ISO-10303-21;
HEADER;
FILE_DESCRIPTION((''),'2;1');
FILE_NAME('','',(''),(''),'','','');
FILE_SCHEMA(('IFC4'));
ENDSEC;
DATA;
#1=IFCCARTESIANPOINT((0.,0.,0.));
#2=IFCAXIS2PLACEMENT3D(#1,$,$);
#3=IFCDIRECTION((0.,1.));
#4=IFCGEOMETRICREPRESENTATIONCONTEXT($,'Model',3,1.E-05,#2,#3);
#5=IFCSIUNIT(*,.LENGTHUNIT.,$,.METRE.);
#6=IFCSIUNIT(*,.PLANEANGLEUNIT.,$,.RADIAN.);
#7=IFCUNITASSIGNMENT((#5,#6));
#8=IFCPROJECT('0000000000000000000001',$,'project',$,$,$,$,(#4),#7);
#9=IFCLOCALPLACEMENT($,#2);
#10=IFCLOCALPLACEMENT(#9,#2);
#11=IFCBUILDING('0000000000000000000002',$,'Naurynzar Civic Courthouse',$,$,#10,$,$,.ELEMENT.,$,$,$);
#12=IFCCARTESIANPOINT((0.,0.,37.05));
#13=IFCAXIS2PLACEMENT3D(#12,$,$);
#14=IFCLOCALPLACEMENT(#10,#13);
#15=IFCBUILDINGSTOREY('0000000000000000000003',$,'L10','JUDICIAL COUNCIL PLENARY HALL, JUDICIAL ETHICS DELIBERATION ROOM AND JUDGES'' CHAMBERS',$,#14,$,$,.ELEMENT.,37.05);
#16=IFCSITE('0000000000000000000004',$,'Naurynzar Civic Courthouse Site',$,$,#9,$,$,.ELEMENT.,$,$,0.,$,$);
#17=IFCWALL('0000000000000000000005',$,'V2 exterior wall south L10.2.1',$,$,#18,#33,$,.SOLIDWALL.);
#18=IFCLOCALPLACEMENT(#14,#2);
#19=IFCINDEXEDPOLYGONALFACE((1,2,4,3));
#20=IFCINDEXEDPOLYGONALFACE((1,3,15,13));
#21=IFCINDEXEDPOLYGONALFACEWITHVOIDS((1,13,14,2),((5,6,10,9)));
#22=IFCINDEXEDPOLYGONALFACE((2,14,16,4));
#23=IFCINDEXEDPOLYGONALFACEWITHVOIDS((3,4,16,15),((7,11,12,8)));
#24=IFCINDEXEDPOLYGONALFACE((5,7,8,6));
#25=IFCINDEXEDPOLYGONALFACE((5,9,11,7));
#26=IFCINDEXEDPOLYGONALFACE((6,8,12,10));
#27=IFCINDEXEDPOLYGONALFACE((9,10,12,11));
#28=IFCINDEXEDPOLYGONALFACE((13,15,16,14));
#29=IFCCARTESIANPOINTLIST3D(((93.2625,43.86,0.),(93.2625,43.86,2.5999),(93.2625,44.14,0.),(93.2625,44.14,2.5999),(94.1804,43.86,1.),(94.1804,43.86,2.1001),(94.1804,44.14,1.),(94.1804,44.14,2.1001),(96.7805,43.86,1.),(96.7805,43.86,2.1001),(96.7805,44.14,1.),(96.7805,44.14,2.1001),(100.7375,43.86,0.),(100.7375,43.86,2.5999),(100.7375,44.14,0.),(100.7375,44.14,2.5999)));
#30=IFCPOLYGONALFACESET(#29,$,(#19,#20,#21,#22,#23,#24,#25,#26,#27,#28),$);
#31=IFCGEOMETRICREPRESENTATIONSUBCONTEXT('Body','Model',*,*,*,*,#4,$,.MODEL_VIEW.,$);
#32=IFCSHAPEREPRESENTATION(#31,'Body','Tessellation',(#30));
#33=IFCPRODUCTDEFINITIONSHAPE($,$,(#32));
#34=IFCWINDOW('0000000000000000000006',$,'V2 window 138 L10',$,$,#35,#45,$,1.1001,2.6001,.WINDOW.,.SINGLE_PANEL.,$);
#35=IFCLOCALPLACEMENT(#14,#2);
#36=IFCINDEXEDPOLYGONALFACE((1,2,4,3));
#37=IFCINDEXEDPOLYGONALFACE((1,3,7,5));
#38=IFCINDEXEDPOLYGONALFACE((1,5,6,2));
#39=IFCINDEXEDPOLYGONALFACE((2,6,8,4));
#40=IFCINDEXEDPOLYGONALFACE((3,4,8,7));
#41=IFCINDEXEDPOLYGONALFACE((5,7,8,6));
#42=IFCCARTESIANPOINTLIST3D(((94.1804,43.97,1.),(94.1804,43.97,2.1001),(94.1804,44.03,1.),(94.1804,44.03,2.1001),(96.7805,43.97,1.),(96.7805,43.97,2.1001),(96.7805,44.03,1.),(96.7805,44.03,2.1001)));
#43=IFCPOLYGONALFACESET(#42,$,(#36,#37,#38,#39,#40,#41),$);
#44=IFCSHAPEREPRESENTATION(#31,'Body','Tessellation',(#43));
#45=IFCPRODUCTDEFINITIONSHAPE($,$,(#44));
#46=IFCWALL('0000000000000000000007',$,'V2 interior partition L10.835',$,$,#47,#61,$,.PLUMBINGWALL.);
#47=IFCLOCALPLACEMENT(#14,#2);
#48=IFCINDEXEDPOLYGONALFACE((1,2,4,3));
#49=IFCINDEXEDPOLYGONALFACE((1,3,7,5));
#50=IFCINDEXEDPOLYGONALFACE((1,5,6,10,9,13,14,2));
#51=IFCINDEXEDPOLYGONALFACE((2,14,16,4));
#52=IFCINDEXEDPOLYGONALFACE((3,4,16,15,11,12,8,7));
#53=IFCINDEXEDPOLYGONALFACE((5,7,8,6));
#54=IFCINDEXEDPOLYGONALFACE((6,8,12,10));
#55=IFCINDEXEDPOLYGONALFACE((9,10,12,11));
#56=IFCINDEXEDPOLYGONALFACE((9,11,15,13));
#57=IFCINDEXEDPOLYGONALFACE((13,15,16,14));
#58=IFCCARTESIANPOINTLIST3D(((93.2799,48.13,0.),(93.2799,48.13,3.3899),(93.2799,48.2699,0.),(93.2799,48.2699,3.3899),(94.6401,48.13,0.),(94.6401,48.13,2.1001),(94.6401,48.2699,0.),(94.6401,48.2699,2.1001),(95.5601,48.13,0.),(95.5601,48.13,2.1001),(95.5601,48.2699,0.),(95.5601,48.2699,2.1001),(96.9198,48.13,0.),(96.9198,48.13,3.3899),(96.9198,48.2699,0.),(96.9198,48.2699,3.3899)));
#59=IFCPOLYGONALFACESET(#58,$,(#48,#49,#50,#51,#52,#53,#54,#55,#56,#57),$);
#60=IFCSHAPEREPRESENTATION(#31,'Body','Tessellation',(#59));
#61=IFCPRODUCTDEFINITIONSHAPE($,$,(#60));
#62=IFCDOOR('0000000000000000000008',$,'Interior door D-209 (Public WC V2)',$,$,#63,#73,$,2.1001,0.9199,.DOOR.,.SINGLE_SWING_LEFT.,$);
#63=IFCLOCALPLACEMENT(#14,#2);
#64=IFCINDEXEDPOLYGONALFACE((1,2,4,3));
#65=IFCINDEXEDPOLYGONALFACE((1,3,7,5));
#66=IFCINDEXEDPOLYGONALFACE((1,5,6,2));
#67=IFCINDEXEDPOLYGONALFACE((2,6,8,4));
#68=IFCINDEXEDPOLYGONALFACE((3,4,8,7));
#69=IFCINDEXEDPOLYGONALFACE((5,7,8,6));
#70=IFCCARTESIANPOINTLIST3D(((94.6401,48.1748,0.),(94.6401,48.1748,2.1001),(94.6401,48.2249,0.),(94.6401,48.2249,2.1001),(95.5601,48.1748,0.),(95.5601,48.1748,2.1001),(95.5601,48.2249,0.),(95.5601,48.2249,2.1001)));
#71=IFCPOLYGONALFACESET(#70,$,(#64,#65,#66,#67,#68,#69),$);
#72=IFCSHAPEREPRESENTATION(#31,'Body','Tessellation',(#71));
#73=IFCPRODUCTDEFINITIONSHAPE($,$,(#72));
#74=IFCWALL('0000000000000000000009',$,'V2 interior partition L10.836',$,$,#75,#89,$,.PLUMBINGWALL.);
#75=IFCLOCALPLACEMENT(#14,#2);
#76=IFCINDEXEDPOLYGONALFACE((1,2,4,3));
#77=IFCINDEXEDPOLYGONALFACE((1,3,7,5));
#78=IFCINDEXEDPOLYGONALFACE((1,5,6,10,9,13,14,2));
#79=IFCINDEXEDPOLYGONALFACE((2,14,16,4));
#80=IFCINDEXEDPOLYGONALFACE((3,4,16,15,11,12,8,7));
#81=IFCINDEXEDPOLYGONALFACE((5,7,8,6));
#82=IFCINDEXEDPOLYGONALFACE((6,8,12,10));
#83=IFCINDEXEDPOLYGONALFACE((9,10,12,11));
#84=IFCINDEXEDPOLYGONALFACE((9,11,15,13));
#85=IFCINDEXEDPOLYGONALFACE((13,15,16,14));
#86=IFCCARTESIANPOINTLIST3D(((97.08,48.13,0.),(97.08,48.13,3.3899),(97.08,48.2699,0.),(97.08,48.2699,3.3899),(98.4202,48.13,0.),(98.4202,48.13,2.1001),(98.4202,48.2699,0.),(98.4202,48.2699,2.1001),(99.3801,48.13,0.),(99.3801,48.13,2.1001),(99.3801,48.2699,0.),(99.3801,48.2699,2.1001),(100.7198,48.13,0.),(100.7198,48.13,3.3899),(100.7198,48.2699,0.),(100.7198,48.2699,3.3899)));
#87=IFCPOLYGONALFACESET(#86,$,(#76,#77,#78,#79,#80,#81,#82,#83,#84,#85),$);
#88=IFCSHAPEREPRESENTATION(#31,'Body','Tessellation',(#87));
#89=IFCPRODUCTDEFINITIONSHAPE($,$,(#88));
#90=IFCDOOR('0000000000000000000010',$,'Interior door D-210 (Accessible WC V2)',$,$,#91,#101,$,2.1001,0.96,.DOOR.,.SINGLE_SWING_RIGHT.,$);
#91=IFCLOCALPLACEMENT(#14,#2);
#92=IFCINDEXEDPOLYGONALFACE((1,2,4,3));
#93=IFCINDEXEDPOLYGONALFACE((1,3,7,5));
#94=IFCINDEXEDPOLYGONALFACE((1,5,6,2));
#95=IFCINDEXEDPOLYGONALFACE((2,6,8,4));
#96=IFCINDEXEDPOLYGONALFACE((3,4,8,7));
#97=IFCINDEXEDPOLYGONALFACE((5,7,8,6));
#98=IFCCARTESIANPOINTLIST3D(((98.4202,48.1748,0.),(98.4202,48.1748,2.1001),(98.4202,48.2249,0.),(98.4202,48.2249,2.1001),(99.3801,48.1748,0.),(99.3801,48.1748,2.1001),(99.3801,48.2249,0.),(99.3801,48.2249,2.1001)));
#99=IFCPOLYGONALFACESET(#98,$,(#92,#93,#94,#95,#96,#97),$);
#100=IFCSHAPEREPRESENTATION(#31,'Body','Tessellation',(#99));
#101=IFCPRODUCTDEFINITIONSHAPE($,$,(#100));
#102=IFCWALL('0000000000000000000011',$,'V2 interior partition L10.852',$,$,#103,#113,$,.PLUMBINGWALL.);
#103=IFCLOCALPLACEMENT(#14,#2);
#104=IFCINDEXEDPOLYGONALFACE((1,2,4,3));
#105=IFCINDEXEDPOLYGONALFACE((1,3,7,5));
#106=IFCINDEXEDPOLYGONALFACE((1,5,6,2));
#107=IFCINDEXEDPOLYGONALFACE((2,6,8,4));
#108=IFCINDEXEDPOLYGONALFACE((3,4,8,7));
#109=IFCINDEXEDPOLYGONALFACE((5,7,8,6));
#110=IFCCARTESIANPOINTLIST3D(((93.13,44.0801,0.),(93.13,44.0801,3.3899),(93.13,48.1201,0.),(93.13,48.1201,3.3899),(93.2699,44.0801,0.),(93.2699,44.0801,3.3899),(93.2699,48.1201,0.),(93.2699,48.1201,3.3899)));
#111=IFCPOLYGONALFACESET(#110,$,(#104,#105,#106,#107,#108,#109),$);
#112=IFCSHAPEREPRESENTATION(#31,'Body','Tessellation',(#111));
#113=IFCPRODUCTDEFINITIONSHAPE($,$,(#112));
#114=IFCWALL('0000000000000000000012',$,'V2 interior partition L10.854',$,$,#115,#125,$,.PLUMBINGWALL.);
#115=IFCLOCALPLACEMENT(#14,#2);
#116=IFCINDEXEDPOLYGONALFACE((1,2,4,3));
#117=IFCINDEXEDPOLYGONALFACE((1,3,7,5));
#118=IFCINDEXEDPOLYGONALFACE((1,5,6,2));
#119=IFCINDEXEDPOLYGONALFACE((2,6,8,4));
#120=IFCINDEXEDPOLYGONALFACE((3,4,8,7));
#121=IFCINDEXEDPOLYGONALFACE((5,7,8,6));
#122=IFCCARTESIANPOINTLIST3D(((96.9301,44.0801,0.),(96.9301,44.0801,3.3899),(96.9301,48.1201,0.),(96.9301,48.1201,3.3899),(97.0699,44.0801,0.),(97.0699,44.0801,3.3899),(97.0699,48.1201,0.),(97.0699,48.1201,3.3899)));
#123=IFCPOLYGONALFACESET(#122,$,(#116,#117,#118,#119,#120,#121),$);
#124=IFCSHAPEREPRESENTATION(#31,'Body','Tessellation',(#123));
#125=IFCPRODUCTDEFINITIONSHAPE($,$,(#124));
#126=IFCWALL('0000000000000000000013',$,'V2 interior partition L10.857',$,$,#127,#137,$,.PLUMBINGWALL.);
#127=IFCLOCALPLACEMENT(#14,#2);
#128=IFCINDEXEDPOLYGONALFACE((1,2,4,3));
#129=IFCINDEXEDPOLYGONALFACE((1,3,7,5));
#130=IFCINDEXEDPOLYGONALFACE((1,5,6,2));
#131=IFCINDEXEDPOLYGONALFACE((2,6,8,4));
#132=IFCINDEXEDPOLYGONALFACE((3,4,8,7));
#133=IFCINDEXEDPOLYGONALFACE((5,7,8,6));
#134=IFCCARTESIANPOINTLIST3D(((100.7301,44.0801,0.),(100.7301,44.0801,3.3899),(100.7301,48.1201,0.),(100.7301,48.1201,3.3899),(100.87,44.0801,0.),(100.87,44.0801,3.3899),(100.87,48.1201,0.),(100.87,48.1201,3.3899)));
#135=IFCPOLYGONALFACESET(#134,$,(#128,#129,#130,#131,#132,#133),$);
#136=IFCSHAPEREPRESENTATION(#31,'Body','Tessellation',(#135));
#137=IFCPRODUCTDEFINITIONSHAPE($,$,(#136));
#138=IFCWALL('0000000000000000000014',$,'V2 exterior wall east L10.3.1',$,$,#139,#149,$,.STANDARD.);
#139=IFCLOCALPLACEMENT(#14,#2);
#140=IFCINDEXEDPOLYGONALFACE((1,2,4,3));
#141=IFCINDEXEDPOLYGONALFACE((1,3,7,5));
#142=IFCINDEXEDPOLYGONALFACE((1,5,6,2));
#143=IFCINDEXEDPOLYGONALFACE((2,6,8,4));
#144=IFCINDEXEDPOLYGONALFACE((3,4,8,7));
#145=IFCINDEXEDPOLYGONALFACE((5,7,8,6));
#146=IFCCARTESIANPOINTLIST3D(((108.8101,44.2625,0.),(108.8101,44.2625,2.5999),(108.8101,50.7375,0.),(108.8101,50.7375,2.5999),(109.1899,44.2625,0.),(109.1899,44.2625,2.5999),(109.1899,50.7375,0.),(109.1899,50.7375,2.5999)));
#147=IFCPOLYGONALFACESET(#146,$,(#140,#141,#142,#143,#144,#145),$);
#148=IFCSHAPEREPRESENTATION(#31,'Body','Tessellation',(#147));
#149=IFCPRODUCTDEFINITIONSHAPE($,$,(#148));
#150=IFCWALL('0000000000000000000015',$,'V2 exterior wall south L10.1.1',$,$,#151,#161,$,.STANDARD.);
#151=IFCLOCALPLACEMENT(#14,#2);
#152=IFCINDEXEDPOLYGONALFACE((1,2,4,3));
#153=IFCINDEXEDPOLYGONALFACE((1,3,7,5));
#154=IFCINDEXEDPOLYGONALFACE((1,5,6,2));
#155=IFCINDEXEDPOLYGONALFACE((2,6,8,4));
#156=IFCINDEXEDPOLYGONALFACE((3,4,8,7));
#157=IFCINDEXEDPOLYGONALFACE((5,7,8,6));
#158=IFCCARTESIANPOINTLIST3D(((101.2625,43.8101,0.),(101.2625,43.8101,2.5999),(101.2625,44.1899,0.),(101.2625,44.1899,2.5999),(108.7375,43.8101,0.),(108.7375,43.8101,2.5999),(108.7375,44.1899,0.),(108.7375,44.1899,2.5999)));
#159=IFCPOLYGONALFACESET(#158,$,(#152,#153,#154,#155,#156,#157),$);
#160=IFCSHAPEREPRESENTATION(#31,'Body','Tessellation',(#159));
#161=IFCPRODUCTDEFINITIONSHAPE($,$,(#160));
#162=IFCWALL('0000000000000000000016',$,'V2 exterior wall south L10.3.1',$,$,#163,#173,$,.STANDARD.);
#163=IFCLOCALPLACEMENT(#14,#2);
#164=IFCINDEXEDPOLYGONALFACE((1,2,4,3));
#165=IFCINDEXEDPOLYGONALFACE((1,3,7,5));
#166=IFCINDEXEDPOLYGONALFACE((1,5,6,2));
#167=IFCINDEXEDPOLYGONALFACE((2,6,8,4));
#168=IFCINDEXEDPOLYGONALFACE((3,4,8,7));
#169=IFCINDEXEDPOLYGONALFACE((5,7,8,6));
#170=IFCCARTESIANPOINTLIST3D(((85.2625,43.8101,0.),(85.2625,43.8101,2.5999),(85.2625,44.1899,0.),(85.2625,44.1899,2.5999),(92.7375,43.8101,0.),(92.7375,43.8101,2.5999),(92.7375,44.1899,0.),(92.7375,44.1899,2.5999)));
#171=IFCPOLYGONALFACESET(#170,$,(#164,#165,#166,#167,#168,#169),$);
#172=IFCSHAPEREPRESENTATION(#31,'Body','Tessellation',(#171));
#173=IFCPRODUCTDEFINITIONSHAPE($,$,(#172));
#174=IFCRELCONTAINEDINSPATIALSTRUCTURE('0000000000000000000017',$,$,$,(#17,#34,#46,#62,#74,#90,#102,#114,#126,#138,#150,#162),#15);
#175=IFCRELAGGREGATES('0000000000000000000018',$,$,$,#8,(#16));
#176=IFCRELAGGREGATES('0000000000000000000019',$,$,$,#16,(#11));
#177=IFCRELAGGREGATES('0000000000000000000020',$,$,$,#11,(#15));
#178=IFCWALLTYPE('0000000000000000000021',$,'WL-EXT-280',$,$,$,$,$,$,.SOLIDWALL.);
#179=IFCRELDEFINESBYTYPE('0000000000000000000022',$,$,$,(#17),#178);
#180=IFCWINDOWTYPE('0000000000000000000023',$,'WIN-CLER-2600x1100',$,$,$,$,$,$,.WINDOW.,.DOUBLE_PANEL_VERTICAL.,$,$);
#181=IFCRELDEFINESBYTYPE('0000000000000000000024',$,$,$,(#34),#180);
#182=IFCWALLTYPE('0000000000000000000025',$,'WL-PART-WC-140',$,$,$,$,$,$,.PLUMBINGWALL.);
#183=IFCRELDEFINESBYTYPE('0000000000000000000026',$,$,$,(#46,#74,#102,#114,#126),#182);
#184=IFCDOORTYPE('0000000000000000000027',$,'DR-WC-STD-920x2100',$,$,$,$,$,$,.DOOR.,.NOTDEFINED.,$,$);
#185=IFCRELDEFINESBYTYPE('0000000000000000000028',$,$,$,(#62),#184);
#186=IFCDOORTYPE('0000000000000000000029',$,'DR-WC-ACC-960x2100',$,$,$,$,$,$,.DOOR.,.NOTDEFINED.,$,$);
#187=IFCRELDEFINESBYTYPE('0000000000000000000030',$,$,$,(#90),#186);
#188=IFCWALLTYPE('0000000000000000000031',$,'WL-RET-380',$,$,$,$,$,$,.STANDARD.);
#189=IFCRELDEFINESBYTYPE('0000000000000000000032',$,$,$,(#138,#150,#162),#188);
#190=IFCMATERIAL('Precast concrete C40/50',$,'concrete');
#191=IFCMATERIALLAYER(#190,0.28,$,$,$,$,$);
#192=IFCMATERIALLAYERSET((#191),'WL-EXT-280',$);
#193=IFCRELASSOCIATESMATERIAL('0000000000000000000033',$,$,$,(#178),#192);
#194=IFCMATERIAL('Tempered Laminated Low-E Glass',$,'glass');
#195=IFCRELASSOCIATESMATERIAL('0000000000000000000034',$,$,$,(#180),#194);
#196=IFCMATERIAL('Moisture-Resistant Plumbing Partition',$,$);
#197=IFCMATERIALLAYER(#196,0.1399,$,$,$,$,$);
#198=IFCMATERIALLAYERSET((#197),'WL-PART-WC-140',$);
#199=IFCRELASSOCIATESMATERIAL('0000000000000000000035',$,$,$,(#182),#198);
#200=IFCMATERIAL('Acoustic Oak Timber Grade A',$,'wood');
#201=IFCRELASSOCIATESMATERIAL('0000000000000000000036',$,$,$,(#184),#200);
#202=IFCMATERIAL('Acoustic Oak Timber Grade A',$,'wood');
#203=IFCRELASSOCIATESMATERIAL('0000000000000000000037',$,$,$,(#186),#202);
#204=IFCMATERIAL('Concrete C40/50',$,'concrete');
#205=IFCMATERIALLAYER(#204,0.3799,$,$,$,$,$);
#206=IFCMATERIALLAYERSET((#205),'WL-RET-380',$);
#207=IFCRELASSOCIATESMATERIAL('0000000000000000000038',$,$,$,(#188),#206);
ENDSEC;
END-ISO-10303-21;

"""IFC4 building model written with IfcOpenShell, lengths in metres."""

from ifc_helpers import new_model, si_unit, direction, frame, frame_2d, origin, place, context, subcontext, project, spatial, rectangle, extrude, material, layer, layer_set, type_object, element, fill, save


model = new_model("IFC4")

# Units and contexts
model_context = context("Model", 3, precision=1e-05, world=origin(), true_north=direction((0.0, 1.0)))
body_context = subcontext(model_context, "Body", "Model", "MODEL_VIEW")
ifc_project = project(units=[si_unit("LENGTHUNIT", "METRE"), si_unit("PLANEANGLEUNIT", "RADIAN")], contexts=[model_context])

# Site, building, storey
site_placement = place(None, origin())
site = spatial("IfcSite", under=ifc_project, at=site_placement, Name="Naurynzar Civic Courthouse Site", CompositionType="ELEMENT", RefElevation=0.0)
building_placement = place(site_placement, origin())
building = spatial("IfcBuilding", under=site, at=building_placement, Name="Naurynzar Civic Courthouse", CompositionType="ELEMENT")
storey_placement = place(building_placement, frame((0.0, 0.0, 37.05)))
storey = spatial("IfcBuildingStorey", under=building, at=storey_placement, Name="L10", Description="JUDICIAL COUNCIL PLENARY HALL, JUDICIAL ETHICS DELIBERATION ROOM AND JUDGES' CHAMBERS", CompositionType="ELEMENT", Elevation=37.05)

# Wall, opening, window
ifc_material_1 = material(Name="Precast concrete C40/50", Category="concrete")
ifc_layer_1 = layer(ifc_material_1, 0.28)
ifc_layer_set_1 = layer_set([ifc_layer_1], Name="WL-EXT-280")
wall_type_1 = type_object("IfcWallType", Name="WL-EXT-280", PredefinedType="SOLIDWALL", material=ifc_layer_set_1)
wall_1_placement = place(storey_placement, frame((100.7375, 44.0, 0.0), z_axis=(0.0, 0.0, 1.0), x_axis=(-1.0, 0.0, 0.0)))
wall_1 = element("IfcWall", 1, at=wall_1_placement, inside=storey, type_object=wall_type_1, Name="V2 exterior wall south L10.2.1", PredefinedType="SOLIDWALL", context=body_context, shape_type="SweptSolid", body=[
    extrude(rectangle(XDim=7.4751, YDim=0.28, at=frame_2d((3.7375, 0.0))), origin(), (0.0, 0.0, 1.0), 2.5999),
])
opening_1_placement = place(wall_1_placement, frame((3.957, 0.0, 1.0)))
opening_1 = element("IfcOpeningElement", 2, at=opening_1_placement, cuts=wall_1, PredefinedType="OPENING", context=body_context, shape_type="SweptSolid", body=[
    extrude(rectangle(XDim=2.6001, YDim=1.1001, at=frame_2d((1.3, 0.55))), frame((0.0, 0.1499, 0.0), z_axis=(0.0, -1.0, 0.0), x_axis=(1.0, 0.0, 0.0)), (0.0, 0.0, 1.0), 0.3),
])
ifc_material_2 = material(Name="Tempered Laminated Low-E Glass", Category="glass")
window_type = type_object("IfcWindowType", Name="WIN-CLER-2600x1100", PartitioningType="DOUBLE_PANEL_VERTICAL", PredefinedType="WINDOW", material=ifc_material_2)
window_placement = place(opening_1_placement, origin())
window = element("IfcWindow", 3, at=window_placement, inside=storey, type_object=window_type, Name="V2 window 138 L10", OverallHeight=1.1001, OverallWidth=2.6001, PartitioningType="SINGLE_PANEL", PredefinedType="WINDOW", context=body_context, shape_type="SweptSolid", body=[
    extrude(rectangle(XDim=2.6001, YDim=1.1001, at=frame_2d((1.3, 0.55))), frame((0.0, 0.03, 0.0), z_axis=(0.0, -1.0, 0.0), x_axis=(1.0, 0.0, 0.0)), (0.0, 0.0, 1.0), 0.0601),
])
fill(opening_1, window)

# Walls, openings, doors
ifc_material_3 = material(Name="Moisture-Resistant Plumbing Partition")
ifc_layer_2 = layer(ifc_material_3, 0.1399)
ifc_layer_set_2 = layer_set([ifc_layer_2], Name="WL-PART-WC-140")
wall_type_2 = type_object("IfcWallType", Name="WL-PART-WC-140", PredefinedType="PLUMBINGWALL", material=ifc_layer_set_2)
wall_2_placement = place(storey_placement, frame((93.28, 48.2, 0.0), z_axis=(0.0, 0.0, 1.0), x_axis=(1.0, 0.0, 0.0)))
wall_2 = element("IfcWall", 4, at=wall_2_placement, inside=storey, type_object=wall_type_2, Name="V2 interior partition L10.835", PredefinedType="PLUMBINGWALL", context=body_context, shape_type="SweptSolid", body=[
    extrude(rectangle(XDim=3.6399, YDim=0.1399, at=frame_2d((1.8198, 0.0))), origin(), (0.0, 0.0, 1.0), 3.3899),
])
opening_2_placement = place(wall_2_placement, frame((1.3601, 0.0, 0.0)))
opening_2 = element("IfcOpeningElement", 5, at=opening_2_placement, cuts=wall_2, PredefinedType="OPENING", context=body_context, shape_type="SweptSolid", body=[
    extrude(rectangle(XDim=0.9199, YDim=2.1001, at=frame_2d((0.46, 1.05))), frame((0.0, 0.0798, 0.0), z_axis=(0.0, -1.0, 0.0), x_axis=(1.0, 0.0, 0.0)), (0.0, 0.0, 1.0), 0.1599),
])
ifc_material_4 = material(Name="Acoustic Oak Timber Grade A", Category="wood")
door_type_1 = type_object("IfcDoorType", Name="DR-WC-STD-920x2100", OperationType="NOTDEFINED", PredefinedType="DOOR", material=ifc_material_4)
door_1_placement = place(opening_2_placement, origin())
door_1 = element("IfcDoor", 6, at=door_1_placement, inside=storey, type_object=door_type_1, Name="Interior door D-209 (Public WC V2)", OperationType="SINGLE_SWING_LEFT", OverallHeight=2.1001, OverallWidth=0.9199, PredefinedType="DOOR", context=body_context, shape_type="SweptSolid", body=[
    extrude(rectangle(XDim=0.9199, YDim=2.1001, at=frame_2d((0.46, 1.05))), frame((0.0, 0.0249, 0.0), z_axis=(0.0, -1.0, 0.0), x_axis=(1.0, 0.0, 0.0)), (0.0, 0.0, 1.0), 0.05),
])
fill(opening_2, door_1)
wall_3_placement = place(storey_placement, frame((97.0801, 48.2, 0.0), z_axis=(0.0, 0.0, 1.0), x_axis=(1.0, 0.0, 0.0)))
wall_3 = element("IfcWall", 7, at=wall_3_placement, inside=storey, type_object=wall_type_2, Name="V2 interior partition L10.836", PredefinedType="PLUMBINGWALL", context=body_context, shape_type="SweptSolid", body=[
    extrude(rectangle(XDim=3.6399, YDim=0.1399, at=frame_2d((1.8198, 0.0))), origin(), (0.0, 0.0, 1.0), 3.3899),
])
opening_3_placement = place(wall_3_placement, frame((1.3401, 0.0, 0.0)))
opening_3 = element("IfcOpeningElement", 8, at=opening_3_placement, cuts=wall_3, PredefinedType="OPENING", context=body_context, shape_type="SweptSolid", body=[
    extrude(rectangle(XDim=0.96, YDim=2.1001, at=frame_2d((0.48, 1.05))), frame((0.0, 0.0798, 0.0), z_axis=(0.0, -1.0, 0.0), x_axis=(1.0, 0.0, 0.0)), (0.0, 0.0, 1.0), 0.1599),
])
ifc_material_5 = material(Name="Acoustic Oak Timber Grade A", Category="wood")
door_type_2 = type_object("IfcDoorType", Name="DR-WC-ACC-960x2100", OperationType="NOTDEFINED", PredefinedType="DOOR", material=ifc_material_5)
door_2_placement = place(opening_3_placement, origin())
door_2 = element("IfcDoor", 9, at=door_2_placement, inside=storey, type_object=door_type_2, Name="Interior door D-210 (Accessible WC V2)", OperationType="SINGLE_SWING_RIGHT", OverallHeight=2.1001, OverallWidth=0.96, PredefinedType="DOOR", context=body_context, shape_type="SweptSolid", body=[
    extrude(rectangle(XDim=0.96, YDim=2.1001, at=frame_2d((0.48, 1.05))), frame((0.0, 0.0249, 0.0), z_axis=(0.0, -1.0, 0.0), x_axis=(1.0, 0.0, 0.0)), (0.0, 0.0, 1.0), 0.05),
])
fill(opening_3, door_2)

# Walls
for number, where, z_axis, x_axis, name in (
    (10, (93.2, 44.0801, 0.0), (0.0, 0.0, 1.0), (0.0, 1.0, 0.0), "V2 interior partition L10.852"),
    (11, (97.0, 44.0801, 0.0), (0.0, 0.0, 1.0), (0.0, 1.0, 0.0), "V2 interior partition L10.854"),
    (12, (100.8, 44.0801, 0.0), (0.0, 0.0, 1.0), (0.0, 1.0, 0.0), "V2 interior partition L10.857"),
):
    element("IfcWall", number, at=place(storey_placement, frame(where, z_axis=z_axis, x_axis=x_axis)), inside=storey, type_object=wall_type_2, Name=name, PredefinedType="PLUMBINGWALL", context=body_context, shape_type="SweptSolid", body=[
        extrude(rectangle(XDim=4.04, YDim=0.1399, at=frame_2d((2.02, 0.0))), origin(), (0.0, 0.0, 1.0), 3.3899),
    ])
ifc_material_6 = material(Name="Concrete C40/50", Category="concrete")
ifc_layer_3 = layer(ifc_material_6, 0.3799)
ifc_layer_set_3 = layer_set([ifc_layer_3], Name="WL-RET-380")
wall_type_3 = type_object("IfcWallType", Name="WL-RET-380", PredefinedType="STANDARD", material=ifc_layer_set_3)
wall_4_placement = place(storey_placement, frame((109.0, 50.7375, 0.0), z_axis=(0.0, 0.0, 1.0), x_axis=(0.0, -1.0, 0.0)))
element("IfcWall", 13, at=wall_4_placement, inside=storey, type_object=wall_type_3, Name="V2 exterior wall east L10.3.1", PredefinedType="STANDARD", context=body_context, shape_type="SweptSolid", body=[
    extrude(rectangle(XDim=6.4751, YDim=0.3799, at=frame_2d((3.2375, 0.0))), origin(), (0.0, 0.0, 1.0), 2.5999),
])
for number, where, z_axis, x_axis, name in (
    (14, (108.7375, 44.0, 0.0), (0.0, 0.0, 1.0), (-1.0, 0.0, 0.0), "V2 exterior wall south L10.1.1"),
    (15, (92.7375, 44.0, 0.0), (0.0, 0.0, 1.0), (-1.0, 0.0, 0.0), "V2 exterior wall south L10.3.1"),
):
    element("IfcWall", number, at=place(storey_placement, frame(where, z_axis=z_axis, x_axis=x_axis)), inside=storey, type_object=wall_type_3, Name=name, PredefinedType="STANDARD", context=body_context, shape_type="SweptSolid", body=[
        extrude(rectangle(XDim=7.4751, YDim=0.3799, at=frame_2d((3.7375, 0.0))), origin(), (0.0, 0.0, 1.0), 2.5999),
    ])

save(model, "model.ifc")
